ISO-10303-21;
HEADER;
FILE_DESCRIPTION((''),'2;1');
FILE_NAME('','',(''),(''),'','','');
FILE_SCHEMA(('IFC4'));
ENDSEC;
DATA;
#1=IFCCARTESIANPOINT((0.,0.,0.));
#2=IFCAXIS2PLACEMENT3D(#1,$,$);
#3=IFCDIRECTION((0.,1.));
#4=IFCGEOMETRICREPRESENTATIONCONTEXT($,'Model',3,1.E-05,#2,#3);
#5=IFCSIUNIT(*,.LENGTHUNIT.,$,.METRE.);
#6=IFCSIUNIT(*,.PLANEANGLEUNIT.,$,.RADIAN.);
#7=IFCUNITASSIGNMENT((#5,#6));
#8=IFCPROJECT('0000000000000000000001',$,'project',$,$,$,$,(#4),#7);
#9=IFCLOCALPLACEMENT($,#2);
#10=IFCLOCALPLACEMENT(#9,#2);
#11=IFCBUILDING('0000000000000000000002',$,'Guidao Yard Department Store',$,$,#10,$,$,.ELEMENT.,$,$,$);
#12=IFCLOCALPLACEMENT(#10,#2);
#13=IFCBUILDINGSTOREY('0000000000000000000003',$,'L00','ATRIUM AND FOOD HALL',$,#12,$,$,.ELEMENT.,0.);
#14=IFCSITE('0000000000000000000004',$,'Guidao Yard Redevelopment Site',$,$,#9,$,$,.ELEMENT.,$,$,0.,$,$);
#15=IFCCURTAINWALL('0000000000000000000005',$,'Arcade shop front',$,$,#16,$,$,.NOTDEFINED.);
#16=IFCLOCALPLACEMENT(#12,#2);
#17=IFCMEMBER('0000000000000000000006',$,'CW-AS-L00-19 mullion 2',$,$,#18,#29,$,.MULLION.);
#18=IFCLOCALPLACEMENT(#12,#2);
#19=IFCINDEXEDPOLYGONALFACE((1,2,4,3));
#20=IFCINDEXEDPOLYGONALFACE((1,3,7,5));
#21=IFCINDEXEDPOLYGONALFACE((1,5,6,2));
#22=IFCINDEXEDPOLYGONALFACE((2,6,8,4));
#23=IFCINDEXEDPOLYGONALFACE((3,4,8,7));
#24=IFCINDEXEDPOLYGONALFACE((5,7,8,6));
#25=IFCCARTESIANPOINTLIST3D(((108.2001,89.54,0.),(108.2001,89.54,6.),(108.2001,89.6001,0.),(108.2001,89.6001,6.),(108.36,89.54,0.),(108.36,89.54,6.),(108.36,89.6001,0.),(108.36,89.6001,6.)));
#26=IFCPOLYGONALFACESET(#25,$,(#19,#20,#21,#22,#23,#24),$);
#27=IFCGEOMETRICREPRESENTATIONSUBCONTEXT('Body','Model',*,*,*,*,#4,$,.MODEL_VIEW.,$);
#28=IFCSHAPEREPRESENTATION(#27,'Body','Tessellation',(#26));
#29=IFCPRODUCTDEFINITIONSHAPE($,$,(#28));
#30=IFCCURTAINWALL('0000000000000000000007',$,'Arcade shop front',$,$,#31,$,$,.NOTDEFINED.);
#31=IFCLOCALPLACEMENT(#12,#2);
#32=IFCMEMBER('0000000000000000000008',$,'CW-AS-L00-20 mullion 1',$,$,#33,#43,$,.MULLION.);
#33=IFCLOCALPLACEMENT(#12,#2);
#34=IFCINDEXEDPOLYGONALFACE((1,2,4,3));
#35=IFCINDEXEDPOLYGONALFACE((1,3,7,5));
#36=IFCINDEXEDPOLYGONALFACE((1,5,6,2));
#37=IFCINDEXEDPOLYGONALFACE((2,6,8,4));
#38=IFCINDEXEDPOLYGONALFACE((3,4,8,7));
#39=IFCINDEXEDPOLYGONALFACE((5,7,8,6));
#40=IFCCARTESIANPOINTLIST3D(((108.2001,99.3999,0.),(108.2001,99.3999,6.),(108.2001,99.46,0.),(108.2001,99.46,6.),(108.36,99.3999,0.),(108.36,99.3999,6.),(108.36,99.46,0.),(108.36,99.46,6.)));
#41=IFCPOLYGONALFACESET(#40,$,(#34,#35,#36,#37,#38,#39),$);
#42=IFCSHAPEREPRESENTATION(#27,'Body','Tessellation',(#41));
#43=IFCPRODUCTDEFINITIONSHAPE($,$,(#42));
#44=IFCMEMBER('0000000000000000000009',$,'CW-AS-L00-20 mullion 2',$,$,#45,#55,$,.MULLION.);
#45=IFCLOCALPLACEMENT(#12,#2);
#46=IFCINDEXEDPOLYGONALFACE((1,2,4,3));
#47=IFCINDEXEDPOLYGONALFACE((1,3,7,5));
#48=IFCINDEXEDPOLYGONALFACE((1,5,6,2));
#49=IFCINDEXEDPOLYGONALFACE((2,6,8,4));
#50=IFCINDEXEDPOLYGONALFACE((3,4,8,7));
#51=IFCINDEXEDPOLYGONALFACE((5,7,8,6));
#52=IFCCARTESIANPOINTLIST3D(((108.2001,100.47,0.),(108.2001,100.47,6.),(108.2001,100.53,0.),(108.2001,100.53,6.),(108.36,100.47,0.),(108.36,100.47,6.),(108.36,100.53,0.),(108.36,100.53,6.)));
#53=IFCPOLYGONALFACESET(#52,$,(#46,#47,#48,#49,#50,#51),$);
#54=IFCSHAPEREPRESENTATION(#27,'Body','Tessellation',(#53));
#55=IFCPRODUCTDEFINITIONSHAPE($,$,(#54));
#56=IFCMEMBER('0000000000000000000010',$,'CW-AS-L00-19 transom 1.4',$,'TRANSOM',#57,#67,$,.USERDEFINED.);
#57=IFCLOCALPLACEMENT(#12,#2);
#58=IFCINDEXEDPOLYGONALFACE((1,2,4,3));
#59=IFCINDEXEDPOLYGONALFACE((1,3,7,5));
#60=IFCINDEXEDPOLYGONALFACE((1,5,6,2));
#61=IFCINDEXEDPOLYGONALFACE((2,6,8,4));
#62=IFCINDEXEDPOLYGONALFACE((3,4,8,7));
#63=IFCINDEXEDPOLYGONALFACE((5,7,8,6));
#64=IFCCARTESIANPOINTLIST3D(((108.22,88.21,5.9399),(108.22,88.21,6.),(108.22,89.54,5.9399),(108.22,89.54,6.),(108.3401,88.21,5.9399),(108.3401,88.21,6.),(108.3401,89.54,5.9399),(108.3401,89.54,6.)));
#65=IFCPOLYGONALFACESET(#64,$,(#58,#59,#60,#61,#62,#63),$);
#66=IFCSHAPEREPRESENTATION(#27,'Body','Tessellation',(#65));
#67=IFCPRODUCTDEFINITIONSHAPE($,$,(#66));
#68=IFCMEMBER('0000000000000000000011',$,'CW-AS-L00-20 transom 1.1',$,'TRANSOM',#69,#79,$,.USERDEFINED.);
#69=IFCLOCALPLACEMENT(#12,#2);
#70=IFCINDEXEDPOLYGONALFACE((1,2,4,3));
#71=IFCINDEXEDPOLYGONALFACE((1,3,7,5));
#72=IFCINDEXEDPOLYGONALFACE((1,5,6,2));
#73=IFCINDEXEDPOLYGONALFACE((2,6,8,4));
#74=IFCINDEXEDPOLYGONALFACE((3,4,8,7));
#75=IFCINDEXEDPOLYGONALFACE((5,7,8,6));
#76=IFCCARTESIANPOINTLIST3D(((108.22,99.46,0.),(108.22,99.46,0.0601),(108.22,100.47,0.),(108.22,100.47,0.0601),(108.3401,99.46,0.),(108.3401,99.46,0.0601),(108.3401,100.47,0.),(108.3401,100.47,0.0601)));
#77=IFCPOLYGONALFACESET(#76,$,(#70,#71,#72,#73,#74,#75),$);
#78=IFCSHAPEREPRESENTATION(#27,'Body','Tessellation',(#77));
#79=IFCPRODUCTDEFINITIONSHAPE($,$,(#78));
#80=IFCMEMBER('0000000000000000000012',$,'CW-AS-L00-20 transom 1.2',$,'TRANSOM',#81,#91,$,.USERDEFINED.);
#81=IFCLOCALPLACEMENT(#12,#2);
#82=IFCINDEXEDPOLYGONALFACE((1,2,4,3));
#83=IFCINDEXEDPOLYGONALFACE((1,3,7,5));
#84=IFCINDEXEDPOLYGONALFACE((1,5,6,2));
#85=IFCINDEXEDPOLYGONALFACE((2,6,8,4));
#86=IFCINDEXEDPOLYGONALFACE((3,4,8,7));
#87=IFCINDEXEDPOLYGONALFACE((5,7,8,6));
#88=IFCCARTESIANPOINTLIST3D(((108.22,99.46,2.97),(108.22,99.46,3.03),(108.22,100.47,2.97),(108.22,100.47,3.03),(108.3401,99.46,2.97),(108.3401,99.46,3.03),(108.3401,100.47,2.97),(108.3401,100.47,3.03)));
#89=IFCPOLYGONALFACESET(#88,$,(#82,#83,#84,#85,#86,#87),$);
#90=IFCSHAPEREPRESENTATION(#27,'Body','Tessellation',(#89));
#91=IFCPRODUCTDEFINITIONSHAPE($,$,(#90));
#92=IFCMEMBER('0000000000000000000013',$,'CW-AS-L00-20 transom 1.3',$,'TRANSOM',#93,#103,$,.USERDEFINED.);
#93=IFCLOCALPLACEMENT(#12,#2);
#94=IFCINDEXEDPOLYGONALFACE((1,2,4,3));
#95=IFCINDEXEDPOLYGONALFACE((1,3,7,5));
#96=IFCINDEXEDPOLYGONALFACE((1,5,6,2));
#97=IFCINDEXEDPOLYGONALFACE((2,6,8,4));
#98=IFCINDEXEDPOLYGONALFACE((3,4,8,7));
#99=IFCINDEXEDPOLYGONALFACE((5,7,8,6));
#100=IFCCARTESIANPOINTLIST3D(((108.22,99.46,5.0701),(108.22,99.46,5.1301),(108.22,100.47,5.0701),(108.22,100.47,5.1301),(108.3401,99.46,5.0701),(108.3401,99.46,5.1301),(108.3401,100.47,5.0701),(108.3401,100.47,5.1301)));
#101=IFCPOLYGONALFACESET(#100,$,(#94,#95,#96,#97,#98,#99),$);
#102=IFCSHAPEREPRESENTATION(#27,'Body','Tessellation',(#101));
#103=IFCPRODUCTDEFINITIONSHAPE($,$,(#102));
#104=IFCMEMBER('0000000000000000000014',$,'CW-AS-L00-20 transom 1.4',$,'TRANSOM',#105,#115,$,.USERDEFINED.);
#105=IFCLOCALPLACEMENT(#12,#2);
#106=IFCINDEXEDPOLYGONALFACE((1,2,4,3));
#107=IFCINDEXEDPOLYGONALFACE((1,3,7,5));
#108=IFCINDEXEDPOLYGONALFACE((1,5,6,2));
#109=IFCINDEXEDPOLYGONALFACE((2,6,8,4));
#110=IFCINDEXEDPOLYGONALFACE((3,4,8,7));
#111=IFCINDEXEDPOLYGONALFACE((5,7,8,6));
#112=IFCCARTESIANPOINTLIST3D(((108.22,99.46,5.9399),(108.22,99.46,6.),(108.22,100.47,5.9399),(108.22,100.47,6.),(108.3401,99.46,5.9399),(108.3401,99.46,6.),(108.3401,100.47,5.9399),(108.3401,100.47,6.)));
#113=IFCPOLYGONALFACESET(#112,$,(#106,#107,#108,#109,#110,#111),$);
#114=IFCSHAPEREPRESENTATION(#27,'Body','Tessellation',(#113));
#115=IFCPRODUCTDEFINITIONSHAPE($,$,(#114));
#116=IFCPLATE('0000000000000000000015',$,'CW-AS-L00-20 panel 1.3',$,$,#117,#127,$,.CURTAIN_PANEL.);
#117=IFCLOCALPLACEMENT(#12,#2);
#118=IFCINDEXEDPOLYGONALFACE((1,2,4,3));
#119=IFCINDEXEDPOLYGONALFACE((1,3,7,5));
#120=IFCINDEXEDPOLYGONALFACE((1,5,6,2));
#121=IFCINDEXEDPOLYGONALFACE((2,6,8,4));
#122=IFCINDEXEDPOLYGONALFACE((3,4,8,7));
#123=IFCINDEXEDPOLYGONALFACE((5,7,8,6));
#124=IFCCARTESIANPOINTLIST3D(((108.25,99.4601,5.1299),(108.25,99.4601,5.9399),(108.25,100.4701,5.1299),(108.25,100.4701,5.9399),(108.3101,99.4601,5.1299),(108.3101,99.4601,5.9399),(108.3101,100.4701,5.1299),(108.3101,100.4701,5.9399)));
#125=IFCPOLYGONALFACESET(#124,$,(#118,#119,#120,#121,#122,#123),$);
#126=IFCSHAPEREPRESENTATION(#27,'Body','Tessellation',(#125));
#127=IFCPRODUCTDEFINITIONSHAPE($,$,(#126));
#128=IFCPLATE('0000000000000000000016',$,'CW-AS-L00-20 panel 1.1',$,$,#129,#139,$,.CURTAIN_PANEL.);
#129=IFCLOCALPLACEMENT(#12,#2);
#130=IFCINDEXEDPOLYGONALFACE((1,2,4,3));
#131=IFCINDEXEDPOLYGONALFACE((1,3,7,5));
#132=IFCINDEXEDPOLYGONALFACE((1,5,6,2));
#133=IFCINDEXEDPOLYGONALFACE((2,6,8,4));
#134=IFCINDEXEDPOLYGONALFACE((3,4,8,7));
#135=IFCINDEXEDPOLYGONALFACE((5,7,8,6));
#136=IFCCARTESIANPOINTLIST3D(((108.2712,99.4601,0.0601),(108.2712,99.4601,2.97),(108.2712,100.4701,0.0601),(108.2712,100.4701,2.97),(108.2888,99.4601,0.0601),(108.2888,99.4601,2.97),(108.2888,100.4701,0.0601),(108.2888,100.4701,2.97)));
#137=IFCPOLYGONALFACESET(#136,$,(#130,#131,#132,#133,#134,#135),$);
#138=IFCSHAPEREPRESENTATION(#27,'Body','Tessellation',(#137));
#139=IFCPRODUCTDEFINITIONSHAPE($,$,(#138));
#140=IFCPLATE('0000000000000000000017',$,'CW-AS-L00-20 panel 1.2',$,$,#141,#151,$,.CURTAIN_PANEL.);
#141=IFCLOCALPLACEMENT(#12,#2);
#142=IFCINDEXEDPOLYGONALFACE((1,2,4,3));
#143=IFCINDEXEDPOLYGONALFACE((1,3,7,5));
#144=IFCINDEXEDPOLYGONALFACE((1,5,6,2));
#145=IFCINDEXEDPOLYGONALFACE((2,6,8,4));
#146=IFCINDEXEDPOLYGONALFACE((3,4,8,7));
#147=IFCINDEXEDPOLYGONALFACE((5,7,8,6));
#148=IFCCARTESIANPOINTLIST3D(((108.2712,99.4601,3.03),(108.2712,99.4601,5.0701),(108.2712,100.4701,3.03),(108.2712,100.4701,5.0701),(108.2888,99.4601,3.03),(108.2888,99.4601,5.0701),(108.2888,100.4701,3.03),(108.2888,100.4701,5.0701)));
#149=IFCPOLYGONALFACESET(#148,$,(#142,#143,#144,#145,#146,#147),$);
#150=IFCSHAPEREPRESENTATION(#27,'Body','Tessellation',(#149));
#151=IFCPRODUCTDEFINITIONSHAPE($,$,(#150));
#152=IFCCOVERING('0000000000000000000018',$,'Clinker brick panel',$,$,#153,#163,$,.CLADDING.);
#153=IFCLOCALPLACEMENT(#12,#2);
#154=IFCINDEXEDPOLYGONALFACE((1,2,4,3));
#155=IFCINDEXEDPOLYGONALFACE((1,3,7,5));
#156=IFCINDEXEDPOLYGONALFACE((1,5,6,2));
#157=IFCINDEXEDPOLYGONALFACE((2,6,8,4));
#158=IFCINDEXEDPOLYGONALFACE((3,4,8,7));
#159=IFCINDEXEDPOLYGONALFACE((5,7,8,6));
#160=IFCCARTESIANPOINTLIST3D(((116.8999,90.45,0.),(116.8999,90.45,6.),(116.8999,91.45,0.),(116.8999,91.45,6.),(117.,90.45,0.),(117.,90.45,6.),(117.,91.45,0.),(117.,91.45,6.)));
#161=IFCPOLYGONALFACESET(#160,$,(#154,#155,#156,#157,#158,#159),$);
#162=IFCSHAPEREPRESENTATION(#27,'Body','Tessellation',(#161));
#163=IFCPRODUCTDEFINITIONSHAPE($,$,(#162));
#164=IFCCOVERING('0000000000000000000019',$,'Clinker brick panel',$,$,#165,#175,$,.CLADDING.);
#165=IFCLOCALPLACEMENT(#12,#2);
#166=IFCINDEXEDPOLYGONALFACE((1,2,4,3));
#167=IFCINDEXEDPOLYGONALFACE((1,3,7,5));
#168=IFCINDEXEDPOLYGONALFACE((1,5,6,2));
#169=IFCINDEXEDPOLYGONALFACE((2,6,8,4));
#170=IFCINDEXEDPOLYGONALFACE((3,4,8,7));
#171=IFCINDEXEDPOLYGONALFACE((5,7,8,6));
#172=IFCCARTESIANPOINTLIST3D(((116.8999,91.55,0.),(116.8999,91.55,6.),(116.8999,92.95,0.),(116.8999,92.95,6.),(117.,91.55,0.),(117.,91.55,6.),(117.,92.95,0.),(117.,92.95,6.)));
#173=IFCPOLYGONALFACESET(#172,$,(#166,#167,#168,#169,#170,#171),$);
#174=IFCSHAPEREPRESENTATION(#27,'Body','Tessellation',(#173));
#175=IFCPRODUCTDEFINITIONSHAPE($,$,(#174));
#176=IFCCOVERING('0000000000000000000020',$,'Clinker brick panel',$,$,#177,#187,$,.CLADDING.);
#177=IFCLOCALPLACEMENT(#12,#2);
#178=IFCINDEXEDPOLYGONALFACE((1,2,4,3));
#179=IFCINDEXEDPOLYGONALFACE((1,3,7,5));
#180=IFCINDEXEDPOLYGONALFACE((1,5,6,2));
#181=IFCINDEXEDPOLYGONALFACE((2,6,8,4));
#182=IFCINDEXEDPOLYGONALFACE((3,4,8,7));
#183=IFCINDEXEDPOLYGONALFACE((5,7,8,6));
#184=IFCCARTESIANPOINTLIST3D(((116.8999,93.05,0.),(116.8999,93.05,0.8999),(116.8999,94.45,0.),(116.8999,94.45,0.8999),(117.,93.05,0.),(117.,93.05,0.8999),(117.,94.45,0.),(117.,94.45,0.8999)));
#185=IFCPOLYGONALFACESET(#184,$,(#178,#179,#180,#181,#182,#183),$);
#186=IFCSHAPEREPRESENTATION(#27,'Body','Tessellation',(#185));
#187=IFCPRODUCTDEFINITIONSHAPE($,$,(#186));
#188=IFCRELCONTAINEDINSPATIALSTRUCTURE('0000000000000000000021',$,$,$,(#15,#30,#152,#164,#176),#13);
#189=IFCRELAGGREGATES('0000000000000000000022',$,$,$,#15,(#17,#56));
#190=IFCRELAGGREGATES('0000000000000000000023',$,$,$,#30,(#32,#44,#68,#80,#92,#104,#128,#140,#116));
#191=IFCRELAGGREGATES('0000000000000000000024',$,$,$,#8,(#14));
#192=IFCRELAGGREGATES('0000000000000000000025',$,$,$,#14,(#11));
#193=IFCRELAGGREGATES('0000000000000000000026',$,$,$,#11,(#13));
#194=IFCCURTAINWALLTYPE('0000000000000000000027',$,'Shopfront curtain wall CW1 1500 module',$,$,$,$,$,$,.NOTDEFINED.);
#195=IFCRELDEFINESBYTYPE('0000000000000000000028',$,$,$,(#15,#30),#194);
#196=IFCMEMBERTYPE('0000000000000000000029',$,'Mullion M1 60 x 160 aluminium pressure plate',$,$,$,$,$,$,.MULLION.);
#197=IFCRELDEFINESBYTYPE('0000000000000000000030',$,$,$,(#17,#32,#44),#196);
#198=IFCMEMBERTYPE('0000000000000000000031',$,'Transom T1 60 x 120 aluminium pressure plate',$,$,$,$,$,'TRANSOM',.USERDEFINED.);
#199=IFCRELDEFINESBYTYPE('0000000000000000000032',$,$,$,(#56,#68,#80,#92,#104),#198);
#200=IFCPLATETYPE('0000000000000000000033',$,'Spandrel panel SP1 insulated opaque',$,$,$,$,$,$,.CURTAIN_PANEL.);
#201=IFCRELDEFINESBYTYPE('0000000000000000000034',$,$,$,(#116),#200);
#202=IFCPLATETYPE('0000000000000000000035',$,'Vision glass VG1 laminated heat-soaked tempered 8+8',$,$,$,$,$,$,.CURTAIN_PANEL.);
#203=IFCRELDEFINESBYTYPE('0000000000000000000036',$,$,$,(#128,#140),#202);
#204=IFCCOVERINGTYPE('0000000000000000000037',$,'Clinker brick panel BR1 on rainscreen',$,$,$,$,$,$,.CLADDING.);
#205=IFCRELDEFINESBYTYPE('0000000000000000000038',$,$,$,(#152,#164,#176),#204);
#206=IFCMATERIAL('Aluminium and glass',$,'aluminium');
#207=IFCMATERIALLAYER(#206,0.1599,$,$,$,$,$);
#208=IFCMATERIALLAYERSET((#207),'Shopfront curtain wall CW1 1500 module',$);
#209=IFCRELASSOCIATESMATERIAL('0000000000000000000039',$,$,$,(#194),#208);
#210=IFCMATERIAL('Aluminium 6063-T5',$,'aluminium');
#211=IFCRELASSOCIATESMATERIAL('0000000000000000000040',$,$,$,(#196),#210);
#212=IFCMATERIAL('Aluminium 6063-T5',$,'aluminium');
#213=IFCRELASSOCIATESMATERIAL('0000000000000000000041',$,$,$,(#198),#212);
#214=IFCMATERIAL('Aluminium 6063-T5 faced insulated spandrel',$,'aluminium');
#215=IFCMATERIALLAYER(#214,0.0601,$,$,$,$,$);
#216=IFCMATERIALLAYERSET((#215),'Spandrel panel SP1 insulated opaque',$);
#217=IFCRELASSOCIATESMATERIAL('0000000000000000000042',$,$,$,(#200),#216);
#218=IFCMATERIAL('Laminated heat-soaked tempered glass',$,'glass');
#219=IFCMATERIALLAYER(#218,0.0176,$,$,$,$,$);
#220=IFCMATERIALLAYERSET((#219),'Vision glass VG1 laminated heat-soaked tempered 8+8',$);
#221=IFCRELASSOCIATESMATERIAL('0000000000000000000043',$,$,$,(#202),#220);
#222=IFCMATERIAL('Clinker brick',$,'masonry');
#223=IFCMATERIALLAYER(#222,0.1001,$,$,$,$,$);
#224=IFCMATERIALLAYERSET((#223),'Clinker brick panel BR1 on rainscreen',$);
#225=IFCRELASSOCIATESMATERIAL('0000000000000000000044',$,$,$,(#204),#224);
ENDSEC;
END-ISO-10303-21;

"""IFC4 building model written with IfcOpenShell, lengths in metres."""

from ifc_helpers import new_model, si_unit, direction, frame, origin, origin_2d, place, context, subcontext, project, spatial, rectangle, extrude, material, layer, layer_set, material_profile, profile_set, type_object, element, aggregate, save


model = new_model("IFC4")

# Units and contexts
model_context = context("Model", 3, precision=1e-05, world=origin(), true_north=direction((0.0, 1.0)))
body_context = subcontext(model_context, "Body", "Model", "MODEL_VIEW")
ifc_project = project(units=[si_unit("LENGTHUNIT", "METRE"), si_unit("PLANEANGLEUNIT", "RADIAN")], contexts=[model_context])

# Site, building, storey
site_placement = place(None, origin())
site = spatial("IfcSite", under=ifc_project, at=site_placement, Name="Guidao Yard Redevelopment Site", CompositionType="ELEMENT", RefElevation=0.0)
building_placement = place(site_placement, origin())
building = spatial("IfcBuilding", under=site, at=building_placement, Name="Guidao Yard Department Store", CompositionType="ELEMENT")
storey_placement = place(building_placement, origin())
storey = spatial("IfcBuildingStorey", under=building, at=storey_placement, Name="L00", Description="ATRIUM AND FOOD HALL", CompositionType="ELEMENT", Elevation=0.0)

# Curtain wall, member
ifc_material_1 = material(Name="Aluminium and glass", Category="aluminium")
ifc_layer_1 = layer(ifc_material_1, 0.1599)
ifc_layer_set_1 = layer_set([ifc_layer_1], Name="Shopfront curtain wall CW1 1500 module")
curtain_wall_type = type_object("IfcCurtainWallType", Name="Shopfront curtain wall CW1 1500 module", PredefinedType="NOTDEFINED", material=ifc_layer_set_1)
curtain_wall_1_placement = place(storey_placement, origin())
curtain_wall_1 = element("IfcCurtainWall", 1, at=curtain_wall_1_placement, inside=storey, type_object=curtain_wall_type, Name="Arcade shop front", PredefinedType="NOTDEFINED")
ifc_material_2 = material(Name="Aluminium 6063-T5", Category="aluminium")
ifc_material_profile_1 = material_profile(ifc_material_2, rectangle(XDim=0.0601, YDim=0.1599, at=origin_2d()), Name="Mullion M1 60 x 160 aluminium pressure plate")
ifc_profile_set_1 = profile_set([ifc_material_profile_1], Name="Aluminium 6063-T5")
member_type_1 = type_object("IfcMemberType", Name="Mullion M1 60 x 160 aluminium pressure plate", PredefinedType="MULLION", material=ifc_profile_set_1)
member_1_placement = place(storey_placement, frame((108.28, 89.5701, 0.0), z_axis=(0.0, 0.0, 1.0), x_axis=(0.0, -1.0, 0.0)))
member_1 = element("IfcMember", 2, at=member_1_placement, type_object=member_type_1, Name="CW-AS-L00-19 mullion 2", PredefinedType="MULLION", context=body_context, shape_type="SweptSolid", body=[
    extrude(rectangle(XDim=0.0601, YDim=0.1599, at=origin_2d()), origin(), (0.0, 0.0, 1.0), 6.0),
])

# Curtain wall, members
curtain_wall_2_placement = place(storey_placement, origin())
curtain_wall_2 = element("IfcCurtainWall", 3, at=curtain_wall_2_placement, inside=storey, type_object=curtain_wall_type, Name="Arcade shop front", PredefinedType="NOTDEFINED")
member_2_placement = place(storey_placement, frame((108.28, 99.4299, 0.0), z_axis=(0.0, 0.0, 1.0), x_axis=(0.0, -1.0, 0.0)))
member_2 = element("IfcMember", 4, at=member_2_placement, type_object=member_type_1, Name="CW-AS-L00-20 mullion 1", PredefinedType="MULLION", context=body_context, shape_type="SweptSolid", body=[
    extrude(rectangle(XDim=0.0601, YDim=0.1599, at=origin_2d()), origin(), (0.0, 0.0, 1.0), 6.0),
])
member_3_placement = place(storey_placement, frame((108.28, 100.5, 0.0), z_axis=(0.0, 0.0, 1.0), x_axis=(0.0, -1.0, 0.0)))
member_3 = element("IfcMember", 5, at=member_3_placement, type_object=member_type_1, Name="CW-AS-L00-20 mullion 2", PredefinedType="MULLION", context=body_context, shape_type="SweptSolid", body=[
    extrude(rectangle(XDim=0.0601, YDim=0.1599, at=origin_2d()), origin(), (0.0, 0.0, 1.0), 6.0),
])

# Members
ifc_material_3 = material(Name="Aluminium 6063-T5", Category="aluminium")
ifc_material_profile_2 = material_profile(ifc_material_3, rectangle(XDim=0.1201, YDim=0.0601, at=origin_2d()), Name="Transom T1 60 x 120 aluminium pressure plate")
ifc_profile_set_2 = profile_set([ifc_material_profile_2], Name="Aluminium 6063-T5")
member_type_2 = type_object("IfcMemberType", Name="Transom T1 60 x 120 aluminium pressure plate", ElementType="TRANSOM", PredefinedType="USERDEFINED", material=ifc_profile_set_2)
member_4_placement = place(storey_placement, frame((108.28, 89.54, 5.97), z_axis=(0.0, -1.0, 0.0), x_axis=(1.0, 0.0, 0.0)))
member_4 = element("IfcMember", 6, at=member_4_placement, type_object=member_type_2, Name="CW-AS-L00-19 transom 1.4", ObjectType="TRANSOM", PredefinedType="USERDEFINED", context=body_context, shape_type="SweptSolid", body=[
    extrude(rectangle(XDim=0.1201, YDim=0.0601, at=origin_2d()), origin(), (0.0, 0.0, 1.0), 1.3301),
])
aggregate(curtain_wall_1, [member_1, member_4])
member_5_placement = place(storey_placement, frame((108.28, 100.47, 0.03), z_axis=(0.0, -1.0, 0.0), x_axis=(1.0, 0.0, 0.0)))
member_5 = element("IfcMember", 7, at=member_5_placement, type_object=member_type_2, Name="CW-AS-L00-20 transom 1.1", ObjectType="TRANSOM", PredefinedType="USERDEFINED", context=body_context, shape_type="SweptSolid", body=[
    extrude(rectangle(XDim=0.1201, YDim=0.0601, at=origin_2d()), origin(), (0.0, 0.0, 1.0), 1.01),
])
member_6_placement = place(storey_placement, frame((108.28, 100.47, 3.0), z_axis=(0.0, -1.0, 0.0), x_axis=(1.0, 0.0, 0.0)))
member_6 = element("IfcMember", 8, at=member_6_placement, type_object=member_type_2, Name="CW-AS-L00-20 transom 1.2", ObjectType="TRANSOM", PredefinedType="USERDEFINED", context=body_context, shape_type="SweptSolid", body=[
    extrude(rectangle(XDim=0.1201, YDim=0.0601, at=origin_2d()), origin(), (0.0, 0.0, 1.0), 1.01),
])
member_7_placement = place(storey_placement, frame((108.28, 100.47, 5.1001), z_axis=(0.0, -1.0, 0.0), x_axis=(1.0, 0.0, 0.0)))
member_7 = element("IfcMember", 9, at=member_7_placement, type_object=member_type_2, Name="CW-AS-L00-20 transom 1.3", ObjectType="TRANSOM", PredefinedType="USERDEFINED", context=body_context, shape_type="SweptSolid", body=[
    extrude(rectangle(XDim=0.1201, YDim=0.0601, at=origin_2d()), origin(), (0.0, 0.0, 1.0), 1.01),
])
member_8_placement = place(storey_placement, frame((108.28, 100.47, 5.97), z_axis=(0.0, -1.0, 0.0), x_axis=(1.0, 0.0, 0.0)))
member_8 = element("IfcMember", 10, at=member_8_placement, type_object=member_type_2, Name="CW-AS-L00-20 transom 1.4", ObjectType="TRANSOM", PredefinedType="USERDEFINED", context=body_context, shape_type="SweptSolid", body=[
    extrude(rectangle(XDim=0.1201, YDim=0.0601, at=origin_2d()), origin(), (0.0, 0.0, 1.0), 1.01),
])

# Plates
ifc_material_4 = material(Name="Aluminium 6063-T5 faced insulated spandrel", Category="aluminium")
ifc_layer_2 = layer(ifc_material_4, 0.0601)
ifc_layer_set_2 = layer_set([ifc_layer_2], Name="Spandrel panel SP1 insulated opaque")
plate_type_1 = type_object("IfcPlateType", Name="Spandrel panel SP1 insulated opaque", PredefinedType="CURTAIN_PANEL", material=ifc_layer_set_2)
plate_1_placement = place(storey_placement, frame((108.28, 99.9651, 5.1299), z_axis=(0.0, 0.0, 1.0), x_axis=(0.0, -1.0, 0.0)))
plate_1 = element("IfcPlate", 11, at=plate_1_placement, type_object=plate_type_1, Name="CW-AS-L00-20 panel 1.3", PredefinedType="CURTAIN_PANEL", context=body_context, shape_type="SweptSolid", body=[
    extrude(rectangle(XDim=1.01, YDim=0.0601, at=origin_2d()), origin(), (0.0, 0.0, 1.0), 0.8101),
])
ifc_material_5 = material(Name="Laminated heat-soaked tempered glass", Category="glass")
ifc_layer_3 = layer(ifc_material_5, 0.0176)
ifc_layer_set_3 = layer_set([ifc_layer_3], Name="Vision glass VG1 laminated heat-soaked tempered 8+8")
plate_type_2 = type_object("IfcPlateType", Name="Vision glass VG1 laminated heat-soaked tempered 8+8", PredefinedType="CURTAIN_PANEL", material=ifc_layer_set_3)
plate_2_placement = place(storey_placement, frame((108.28, 99.9651, 0.0601), z_axis=(0.0, 0.0, 1.0), x_axis=(0.0, -1.0, 0.0)))
plate_2 = element("IfcPlate", 12, at=plate_2_placement, type_object=plate_type_2, Name="CW-AS-L00-20 panel 1.1", PredefinedType="CURTAIN_PANEL", context=body_context, shape_type="SweptSolid", body=[
    extrude(rectangle(XDim=1.01, YDim=0.0176, at=origin_2d()), origin(), (0.0, 0.0, 1.0), 2.9099),
])
plate_3_placement = place(storey_placement, frame((108.28, 99.9651, 3.03), z_axis=(0.0, 0.0, 1.0), x_axis=(0.0, -1.0, 0.0)))
plate_3 = element("IfcPlate", 13, at=plate_3_placement, type_object=plate_type_2, Name="CW-AS-L00-20 panel 1.2", PredefinedType="CURTAIN_PANEL", context=body_context, shape_type="SweptSolid", body=[
    extrude(rectangle(XDim=1.01, YDim=0.0176, at=origin_2d()), origin(), (0.0, 0.0, 1.0), 2.04),
])
aggregate(curtain_wall_2, [member_2, member_3, member_5, member_6, member_7, member_8, plate_2, plate_3, plate_1])

# Coverings
ifc_material_6 = material(Name="Clinker brick", Category="masonry")
ifc_layer_4 = layer(ifc_material_6, 0.1001)
ifc_layer_set_4 = layer_set([ifc_layer_4], Name="Clinker brick panel BR1 on rainscreen")
covering_type = type_object("IfcCoveringType", Name="Clinker brick panel BR1 on rainscreen", PredefinedType="CLADDING", material=ifc_layer_set_4)
covering_1_placement = place(storey_placement, frame((116.95, 90.95, 0.0), z_axis=(0.0, 0.0, 1.0), x_axis=(0.0, 1.0, 0.0)))
element("IfcCovering", 14, at=covering_1_placement, inside=storey, type_object=covering_type, Name="Clinker brick panel", PredefinedType="CLADDING", context=body_context, shape_type="SweptSolid", body=[
    extrude(rectangle(XDim=1.0, YDim=0.1001, at=origin_2d()), origin(), (0.0, 0.0, 1.0), 6.0),
])
covering_2_placement = place(storey_placement, frame((116.95, 92.25, 0.0), z_axis=(0.0, 0.0, 1.0), x_axis=(0.0, 1.0, 0.0)))
element("IfcCovering", 15, at=covering_2_placement, inside=storey, type_object=covering_type, Name="Clinker brick panel", PredefinedType="CLADDING", context=body_context, shape_type="SweptSolid", body=[
    extrude(rectangle(XDim=1.3999, YDim=0.1001, at=origin_2d()), origin(), (0.0, 0.0, 1.0), 6.0),
])
covering_3_placement = place(storey_placement, frame((116.95, 93.75, 0.0), z_axis=(0.0, 0.0, 1.0), x_axis=(0.0, 1.0, 0.0)))
element("IfcCovering", 16, at=covering_3_placement, inside=storey, type_object=covering_type, Name="Clinker brick panel", PredefinedType="CLADDING", context=body_context, shape_type="SweptSolid", body=[
    extrude(rectangle(XDim=1.3999, YDim=0.1001, at=origin_2d()), origin(), (0.0, 0.0, 1.0), 0.8999),
])

save(model, "model.ifc")
